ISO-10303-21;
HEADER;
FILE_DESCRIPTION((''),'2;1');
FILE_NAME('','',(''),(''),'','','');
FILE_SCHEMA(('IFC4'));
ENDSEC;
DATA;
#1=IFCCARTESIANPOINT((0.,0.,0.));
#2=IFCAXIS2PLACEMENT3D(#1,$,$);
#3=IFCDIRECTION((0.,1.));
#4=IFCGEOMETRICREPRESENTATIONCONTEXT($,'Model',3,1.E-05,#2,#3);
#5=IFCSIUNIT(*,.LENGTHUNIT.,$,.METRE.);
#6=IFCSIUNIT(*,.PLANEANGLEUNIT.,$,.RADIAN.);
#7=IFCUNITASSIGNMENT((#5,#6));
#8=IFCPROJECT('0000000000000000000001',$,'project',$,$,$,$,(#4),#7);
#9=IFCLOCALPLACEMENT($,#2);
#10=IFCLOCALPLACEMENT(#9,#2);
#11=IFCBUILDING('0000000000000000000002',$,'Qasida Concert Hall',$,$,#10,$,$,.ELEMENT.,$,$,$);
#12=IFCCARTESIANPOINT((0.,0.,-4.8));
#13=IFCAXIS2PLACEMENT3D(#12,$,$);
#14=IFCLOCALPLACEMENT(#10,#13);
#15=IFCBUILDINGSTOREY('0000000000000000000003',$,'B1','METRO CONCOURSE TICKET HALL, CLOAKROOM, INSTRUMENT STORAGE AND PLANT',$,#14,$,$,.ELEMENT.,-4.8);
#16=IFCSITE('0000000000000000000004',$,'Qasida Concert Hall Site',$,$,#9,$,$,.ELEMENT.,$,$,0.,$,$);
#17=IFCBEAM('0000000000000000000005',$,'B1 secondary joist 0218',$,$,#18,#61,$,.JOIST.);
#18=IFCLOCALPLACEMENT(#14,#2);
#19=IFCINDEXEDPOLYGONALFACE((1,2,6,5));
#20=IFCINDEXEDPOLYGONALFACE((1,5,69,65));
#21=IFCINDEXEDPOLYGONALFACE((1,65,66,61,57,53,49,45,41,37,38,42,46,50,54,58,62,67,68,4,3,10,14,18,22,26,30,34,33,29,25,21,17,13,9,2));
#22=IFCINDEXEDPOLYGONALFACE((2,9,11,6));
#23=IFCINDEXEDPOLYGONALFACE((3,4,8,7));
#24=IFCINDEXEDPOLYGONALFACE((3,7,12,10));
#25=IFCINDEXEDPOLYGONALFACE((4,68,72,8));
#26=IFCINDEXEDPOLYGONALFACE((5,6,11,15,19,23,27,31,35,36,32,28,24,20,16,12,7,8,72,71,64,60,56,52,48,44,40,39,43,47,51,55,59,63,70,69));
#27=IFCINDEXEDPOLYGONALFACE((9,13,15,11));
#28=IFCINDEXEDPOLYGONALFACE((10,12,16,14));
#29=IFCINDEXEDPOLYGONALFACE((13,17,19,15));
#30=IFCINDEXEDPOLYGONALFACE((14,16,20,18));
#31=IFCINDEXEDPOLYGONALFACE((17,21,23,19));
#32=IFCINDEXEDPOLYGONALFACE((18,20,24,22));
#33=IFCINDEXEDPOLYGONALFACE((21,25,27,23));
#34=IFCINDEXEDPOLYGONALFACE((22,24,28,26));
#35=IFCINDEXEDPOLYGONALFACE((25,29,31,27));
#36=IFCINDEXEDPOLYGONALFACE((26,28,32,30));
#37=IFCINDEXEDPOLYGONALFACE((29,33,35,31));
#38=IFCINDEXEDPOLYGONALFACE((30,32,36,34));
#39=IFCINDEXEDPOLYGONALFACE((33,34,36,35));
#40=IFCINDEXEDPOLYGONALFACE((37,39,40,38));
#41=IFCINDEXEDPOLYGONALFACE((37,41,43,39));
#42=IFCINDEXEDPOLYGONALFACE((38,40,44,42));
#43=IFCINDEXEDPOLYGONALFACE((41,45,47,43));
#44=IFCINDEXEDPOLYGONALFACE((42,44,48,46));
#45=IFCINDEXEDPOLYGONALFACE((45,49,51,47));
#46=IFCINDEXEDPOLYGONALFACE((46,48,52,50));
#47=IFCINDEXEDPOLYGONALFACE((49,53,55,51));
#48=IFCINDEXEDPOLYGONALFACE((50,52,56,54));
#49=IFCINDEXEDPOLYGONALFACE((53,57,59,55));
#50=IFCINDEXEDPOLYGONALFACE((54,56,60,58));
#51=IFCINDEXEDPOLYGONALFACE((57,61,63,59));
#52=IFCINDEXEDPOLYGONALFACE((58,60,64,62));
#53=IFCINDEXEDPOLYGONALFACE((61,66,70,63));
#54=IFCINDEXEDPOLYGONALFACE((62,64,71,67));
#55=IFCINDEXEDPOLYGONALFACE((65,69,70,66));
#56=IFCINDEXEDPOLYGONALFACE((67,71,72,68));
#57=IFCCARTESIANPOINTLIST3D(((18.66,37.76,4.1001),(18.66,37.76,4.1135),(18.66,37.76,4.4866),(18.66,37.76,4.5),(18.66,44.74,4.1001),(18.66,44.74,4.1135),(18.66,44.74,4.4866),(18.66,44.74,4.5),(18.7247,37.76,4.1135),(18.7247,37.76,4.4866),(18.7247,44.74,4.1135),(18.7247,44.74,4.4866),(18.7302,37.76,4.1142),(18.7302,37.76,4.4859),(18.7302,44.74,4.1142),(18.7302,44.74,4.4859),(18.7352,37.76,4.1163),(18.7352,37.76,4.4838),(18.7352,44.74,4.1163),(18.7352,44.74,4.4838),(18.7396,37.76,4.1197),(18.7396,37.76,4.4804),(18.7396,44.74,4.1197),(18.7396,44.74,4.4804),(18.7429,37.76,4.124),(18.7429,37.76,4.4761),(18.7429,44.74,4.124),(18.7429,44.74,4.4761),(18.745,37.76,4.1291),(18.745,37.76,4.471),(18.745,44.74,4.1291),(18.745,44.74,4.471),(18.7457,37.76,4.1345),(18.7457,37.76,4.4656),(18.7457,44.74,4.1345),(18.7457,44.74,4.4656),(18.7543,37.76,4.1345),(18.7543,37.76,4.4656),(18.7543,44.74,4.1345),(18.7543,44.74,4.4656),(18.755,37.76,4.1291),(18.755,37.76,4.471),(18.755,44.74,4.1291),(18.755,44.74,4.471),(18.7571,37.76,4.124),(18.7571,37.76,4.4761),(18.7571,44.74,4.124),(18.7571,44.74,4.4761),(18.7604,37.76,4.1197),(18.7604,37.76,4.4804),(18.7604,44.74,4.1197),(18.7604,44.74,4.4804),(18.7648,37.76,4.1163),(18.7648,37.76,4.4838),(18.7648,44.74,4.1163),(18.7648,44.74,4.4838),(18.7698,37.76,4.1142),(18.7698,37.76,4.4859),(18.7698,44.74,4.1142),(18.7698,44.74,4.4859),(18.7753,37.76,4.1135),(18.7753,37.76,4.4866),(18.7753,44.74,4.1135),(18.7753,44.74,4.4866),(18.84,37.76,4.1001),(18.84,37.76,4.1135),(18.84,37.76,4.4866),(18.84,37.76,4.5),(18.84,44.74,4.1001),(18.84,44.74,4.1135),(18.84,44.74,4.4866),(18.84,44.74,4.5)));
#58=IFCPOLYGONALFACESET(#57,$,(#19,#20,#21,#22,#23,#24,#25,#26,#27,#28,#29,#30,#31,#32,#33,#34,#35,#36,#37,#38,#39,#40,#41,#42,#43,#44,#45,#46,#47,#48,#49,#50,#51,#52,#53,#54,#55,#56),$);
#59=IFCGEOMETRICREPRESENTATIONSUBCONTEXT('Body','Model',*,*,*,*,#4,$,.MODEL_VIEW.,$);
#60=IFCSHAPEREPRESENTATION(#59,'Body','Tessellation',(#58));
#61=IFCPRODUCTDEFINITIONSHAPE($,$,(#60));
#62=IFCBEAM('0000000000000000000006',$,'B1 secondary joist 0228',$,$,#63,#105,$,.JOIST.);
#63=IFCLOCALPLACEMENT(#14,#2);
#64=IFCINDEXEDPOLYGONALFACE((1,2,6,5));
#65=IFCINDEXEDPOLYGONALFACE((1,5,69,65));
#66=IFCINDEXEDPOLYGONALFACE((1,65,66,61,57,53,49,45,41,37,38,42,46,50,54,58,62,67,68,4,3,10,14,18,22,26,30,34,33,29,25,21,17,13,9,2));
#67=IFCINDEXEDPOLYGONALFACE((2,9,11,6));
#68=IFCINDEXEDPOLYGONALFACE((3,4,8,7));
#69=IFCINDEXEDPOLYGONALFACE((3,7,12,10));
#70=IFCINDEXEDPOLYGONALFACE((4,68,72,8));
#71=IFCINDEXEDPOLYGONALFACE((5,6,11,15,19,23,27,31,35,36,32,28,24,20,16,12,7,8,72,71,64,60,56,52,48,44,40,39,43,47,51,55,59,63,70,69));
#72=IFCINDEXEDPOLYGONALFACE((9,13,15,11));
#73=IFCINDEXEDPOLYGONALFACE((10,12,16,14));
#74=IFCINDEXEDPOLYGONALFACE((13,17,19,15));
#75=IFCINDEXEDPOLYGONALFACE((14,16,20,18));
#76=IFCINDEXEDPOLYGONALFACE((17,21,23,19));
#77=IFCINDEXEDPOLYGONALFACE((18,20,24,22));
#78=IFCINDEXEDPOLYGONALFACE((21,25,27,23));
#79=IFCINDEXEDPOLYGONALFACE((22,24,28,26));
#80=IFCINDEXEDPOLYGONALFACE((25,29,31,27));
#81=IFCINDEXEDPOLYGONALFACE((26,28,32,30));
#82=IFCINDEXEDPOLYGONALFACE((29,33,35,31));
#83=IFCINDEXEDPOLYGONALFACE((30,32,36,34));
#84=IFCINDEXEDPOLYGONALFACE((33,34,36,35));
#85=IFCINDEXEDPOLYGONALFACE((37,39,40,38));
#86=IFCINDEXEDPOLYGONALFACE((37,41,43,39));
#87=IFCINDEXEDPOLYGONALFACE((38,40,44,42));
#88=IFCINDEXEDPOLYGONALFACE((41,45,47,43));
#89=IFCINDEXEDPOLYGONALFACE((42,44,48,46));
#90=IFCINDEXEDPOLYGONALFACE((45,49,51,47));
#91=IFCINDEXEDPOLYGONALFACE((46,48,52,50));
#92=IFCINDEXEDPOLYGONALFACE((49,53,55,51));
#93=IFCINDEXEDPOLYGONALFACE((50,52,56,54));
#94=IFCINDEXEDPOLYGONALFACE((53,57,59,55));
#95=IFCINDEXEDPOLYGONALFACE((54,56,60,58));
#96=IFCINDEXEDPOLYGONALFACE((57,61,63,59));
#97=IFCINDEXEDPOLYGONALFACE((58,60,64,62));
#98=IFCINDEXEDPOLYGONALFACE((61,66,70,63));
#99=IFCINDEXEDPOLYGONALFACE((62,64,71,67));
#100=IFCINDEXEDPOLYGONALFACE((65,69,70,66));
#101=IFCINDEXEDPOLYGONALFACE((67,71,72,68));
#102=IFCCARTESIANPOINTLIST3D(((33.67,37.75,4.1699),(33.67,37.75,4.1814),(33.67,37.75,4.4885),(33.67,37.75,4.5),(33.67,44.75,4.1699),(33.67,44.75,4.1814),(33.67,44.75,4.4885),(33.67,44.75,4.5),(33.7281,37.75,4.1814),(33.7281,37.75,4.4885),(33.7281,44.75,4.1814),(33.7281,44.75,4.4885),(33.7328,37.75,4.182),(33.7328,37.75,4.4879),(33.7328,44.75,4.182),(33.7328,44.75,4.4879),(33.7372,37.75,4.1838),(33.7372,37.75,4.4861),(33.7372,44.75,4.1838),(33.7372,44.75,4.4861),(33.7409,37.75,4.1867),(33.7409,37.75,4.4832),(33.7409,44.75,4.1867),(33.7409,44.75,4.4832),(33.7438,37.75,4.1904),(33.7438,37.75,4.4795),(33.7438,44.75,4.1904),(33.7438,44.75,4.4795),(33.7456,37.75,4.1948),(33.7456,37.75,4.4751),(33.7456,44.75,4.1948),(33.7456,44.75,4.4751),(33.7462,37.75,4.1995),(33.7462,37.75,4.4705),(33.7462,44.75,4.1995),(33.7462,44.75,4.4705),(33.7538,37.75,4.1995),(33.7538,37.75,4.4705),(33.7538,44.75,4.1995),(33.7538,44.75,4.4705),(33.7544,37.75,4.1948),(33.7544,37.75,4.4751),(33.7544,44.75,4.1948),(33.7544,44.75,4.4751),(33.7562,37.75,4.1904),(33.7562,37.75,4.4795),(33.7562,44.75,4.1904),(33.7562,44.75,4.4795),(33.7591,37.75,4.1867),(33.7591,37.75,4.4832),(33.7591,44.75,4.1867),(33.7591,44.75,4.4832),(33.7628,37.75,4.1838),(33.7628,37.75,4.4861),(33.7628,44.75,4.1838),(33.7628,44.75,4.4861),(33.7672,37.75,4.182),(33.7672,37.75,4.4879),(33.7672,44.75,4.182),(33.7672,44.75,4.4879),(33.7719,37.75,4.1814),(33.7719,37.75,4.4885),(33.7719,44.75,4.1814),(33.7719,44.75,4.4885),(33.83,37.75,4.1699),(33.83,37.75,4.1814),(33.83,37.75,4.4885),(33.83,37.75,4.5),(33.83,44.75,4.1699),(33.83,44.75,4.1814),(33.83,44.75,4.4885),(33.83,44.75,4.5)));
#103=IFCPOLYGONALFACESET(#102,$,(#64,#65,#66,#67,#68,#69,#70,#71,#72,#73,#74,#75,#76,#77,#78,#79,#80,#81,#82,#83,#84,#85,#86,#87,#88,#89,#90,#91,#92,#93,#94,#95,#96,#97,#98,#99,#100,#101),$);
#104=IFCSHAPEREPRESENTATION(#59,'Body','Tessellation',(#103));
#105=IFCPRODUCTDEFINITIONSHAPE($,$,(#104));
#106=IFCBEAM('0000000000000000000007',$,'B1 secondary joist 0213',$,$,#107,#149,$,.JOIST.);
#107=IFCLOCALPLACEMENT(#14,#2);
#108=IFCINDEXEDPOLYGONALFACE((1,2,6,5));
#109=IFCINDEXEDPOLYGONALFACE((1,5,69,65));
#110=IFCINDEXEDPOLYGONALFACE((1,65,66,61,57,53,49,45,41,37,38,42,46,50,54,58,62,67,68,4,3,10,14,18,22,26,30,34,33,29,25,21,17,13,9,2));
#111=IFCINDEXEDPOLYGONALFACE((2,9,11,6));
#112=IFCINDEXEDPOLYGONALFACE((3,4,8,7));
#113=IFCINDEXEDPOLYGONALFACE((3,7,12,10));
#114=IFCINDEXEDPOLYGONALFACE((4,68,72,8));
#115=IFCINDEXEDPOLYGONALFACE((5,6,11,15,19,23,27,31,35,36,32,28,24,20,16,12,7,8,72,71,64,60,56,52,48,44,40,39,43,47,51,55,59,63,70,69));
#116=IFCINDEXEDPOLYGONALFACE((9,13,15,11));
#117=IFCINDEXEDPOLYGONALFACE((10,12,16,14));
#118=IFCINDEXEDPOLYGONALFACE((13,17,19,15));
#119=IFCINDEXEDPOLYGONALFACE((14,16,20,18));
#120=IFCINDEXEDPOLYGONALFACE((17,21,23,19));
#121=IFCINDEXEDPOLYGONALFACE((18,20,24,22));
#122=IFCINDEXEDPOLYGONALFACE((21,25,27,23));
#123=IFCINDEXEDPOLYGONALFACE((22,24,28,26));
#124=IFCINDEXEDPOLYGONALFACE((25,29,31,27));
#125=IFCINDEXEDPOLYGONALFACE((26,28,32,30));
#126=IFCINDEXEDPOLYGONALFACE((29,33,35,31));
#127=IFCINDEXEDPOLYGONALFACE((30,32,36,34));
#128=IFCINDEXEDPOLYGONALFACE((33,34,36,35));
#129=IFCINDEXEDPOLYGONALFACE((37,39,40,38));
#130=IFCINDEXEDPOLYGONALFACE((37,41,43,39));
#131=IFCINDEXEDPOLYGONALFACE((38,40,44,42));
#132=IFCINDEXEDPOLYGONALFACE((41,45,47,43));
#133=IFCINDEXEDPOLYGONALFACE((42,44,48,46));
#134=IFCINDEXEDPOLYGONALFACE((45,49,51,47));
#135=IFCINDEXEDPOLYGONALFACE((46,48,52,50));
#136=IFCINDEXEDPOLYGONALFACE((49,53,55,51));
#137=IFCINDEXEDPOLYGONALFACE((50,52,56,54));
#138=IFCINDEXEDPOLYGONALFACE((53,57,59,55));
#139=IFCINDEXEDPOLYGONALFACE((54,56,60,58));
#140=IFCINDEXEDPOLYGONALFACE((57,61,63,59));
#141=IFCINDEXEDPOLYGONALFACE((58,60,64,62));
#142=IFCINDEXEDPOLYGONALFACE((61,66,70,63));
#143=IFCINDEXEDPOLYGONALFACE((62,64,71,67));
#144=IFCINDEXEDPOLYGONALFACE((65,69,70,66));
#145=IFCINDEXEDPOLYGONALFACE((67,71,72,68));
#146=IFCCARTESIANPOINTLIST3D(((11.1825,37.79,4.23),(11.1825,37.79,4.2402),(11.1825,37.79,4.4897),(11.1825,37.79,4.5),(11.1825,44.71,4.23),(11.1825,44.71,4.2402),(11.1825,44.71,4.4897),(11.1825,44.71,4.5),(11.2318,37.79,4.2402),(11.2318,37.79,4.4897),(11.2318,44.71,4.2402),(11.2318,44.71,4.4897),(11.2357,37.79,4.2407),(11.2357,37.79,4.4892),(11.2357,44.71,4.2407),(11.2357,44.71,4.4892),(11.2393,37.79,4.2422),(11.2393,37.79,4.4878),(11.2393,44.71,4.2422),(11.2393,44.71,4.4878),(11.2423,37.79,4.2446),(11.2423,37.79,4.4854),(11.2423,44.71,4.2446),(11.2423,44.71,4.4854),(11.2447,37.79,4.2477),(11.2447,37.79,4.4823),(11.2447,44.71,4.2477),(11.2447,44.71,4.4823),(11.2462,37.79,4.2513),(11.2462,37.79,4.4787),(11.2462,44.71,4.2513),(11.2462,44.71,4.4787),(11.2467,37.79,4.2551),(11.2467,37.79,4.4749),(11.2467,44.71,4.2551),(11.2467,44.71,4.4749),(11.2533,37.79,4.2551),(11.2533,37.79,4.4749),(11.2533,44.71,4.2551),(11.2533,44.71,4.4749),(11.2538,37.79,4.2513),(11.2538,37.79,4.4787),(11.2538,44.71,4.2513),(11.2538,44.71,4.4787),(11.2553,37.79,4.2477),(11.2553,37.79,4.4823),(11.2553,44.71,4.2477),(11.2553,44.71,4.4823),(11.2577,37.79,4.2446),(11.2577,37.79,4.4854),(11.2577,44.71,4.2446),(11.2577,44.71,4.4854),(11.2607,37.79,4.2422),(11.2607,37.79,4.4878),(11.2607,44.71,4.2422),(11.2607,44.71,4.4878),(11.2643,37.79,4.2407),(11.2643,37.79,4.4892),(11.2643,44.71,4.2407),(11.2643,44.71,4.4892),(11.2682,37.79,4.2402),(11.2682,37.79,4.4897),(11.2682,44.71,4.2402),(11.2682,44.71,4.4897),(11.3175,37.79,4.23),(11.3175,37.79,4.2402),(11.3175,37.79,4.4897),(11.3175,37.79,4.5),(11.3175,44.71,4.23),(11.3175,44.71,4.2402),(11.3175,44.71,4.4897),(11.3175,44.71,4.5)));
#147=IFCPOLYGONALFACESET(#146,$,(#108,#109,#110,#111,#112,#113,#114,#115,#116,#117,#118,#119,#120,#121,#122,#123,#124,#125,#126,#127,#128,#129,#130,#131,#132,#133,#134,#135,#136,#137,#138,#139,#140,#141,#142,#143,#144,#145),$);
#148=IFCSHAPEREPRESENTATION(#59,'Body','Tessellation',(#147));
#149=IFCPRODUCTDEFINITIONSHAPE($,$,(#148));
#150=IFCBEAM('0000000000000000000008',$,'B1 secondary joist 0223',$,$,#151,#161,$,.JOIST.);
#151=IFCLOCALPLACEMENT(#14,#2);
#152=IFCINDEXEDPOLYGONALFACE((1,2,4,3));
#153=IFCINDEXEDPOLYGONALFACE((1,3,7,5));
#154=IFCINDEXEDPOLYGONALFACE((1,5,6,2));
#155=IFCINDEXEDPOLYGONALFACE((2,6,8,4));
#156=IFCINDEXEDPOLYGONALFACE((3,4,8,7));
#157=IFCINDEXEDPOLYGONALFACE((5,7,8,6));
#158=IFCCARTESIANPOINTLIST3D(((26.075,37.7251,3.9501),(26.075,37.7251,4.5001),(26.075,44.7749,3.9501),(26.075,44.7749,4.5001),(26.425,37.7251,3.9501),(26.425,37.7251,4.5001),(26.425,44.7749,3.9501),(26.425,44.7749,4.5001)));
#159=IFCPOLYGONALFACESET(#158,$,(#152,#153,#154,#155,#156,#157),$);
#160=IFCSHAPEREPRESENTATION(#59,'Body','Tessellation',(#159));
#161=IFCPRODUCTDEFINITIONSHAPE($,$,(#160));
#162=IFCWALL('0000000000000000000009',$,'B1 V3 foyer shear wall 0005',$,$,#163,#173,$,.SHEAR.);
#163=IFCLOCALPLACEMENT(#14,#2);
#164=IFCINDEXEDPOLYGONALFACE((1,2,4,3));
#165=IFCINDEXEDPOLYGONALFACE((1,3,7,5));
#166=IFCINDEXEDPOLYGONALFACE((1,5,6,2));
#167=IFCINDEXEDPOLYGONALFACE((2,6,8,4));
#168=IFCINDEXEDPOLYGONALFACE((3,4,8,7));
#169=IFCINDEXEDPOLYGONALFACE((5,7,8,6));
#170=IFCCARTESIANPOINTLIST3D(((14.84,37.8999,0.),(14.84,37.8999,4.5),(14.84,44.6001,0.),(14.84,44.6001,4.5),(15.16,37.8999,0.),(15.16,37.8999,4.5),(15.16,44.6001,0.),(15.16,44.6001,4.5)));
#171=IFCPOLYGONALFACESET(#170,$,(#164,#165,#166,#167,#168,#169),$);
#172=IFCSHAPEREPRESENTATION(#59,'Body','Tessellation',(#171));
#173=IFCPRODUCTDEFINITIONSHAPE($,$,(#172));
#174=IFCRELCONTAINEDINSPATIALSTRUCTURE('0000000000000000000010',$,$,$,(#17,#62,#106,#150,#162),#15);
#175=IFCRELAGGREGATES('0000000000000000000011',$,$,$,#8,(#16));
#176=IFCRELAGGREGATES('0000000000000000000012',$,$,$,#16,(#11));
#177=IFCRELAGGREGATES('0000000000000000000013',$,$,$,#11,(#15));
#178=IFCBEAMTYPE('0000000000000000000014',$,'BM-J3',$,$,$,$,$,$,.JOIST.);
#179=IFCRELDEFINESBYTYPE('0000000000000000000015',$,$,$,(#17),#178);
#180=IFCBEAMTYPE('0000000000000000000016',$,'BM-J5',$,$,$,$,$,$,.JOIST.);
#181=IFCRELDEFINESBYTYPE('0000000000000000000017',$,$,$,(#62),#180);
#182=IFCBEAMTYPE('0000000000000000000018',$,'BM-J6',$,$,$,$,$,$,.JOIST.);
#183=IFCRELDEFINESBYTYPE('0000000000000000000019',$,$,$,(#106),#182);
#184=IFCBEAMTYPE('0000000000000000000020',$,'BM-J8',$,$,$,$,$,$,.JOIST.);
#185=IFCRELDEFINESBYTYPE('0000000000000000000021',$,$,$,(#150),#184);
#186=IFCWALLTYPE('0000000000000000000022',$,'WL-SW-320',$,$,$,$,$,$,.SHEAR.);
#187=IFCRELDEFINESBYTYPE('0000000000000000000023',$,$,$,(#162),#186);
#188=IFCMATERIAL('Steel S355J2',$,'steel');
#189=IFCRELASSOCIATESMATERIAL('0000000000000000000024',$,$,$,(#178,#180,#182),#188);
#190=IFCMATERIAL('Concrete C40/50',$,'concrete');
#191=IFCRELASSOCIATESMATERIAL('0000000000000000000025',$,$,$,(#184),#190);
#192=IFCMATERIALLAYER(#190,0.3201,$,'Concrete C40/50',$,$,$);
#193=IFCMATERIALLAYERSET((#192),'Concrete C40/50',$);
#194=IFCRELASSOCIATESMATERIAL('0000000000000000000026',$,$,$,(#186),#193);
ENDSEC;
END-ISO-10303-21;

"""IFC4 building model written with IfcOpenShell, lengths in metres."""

from ifc_helpers import new_model, si_unit, direction, frame, frame_2d, origin, origin_2d, place, context, subcontext, project, spatial, rectangle, i_section, extrude, material, layer, layer_set, material_profile, profile_set, type_object, element, save


model = new_model("IFC4")

# Units and contexts
model_context = context("Model", 3, precision=1e-05, world=origin(), true_north=direction((0.0, 1.0)))
body_context = subcontext(model_context, "Body", "Model", "MODEL_VIEW")
ifc_project = project(units=[si_unit("LENGTHUNIT", "METRE"), si_unit("PLANEANGLEUNIT", "RADIAN")], contexts=[model_context])

# Site, building, storey
site_placement = place(None, origin())
site = spatial("IfcSite", under=ifc_project, at=site_placement, Name="Qasida Concert Hall Site", CompositionType="ELEMENT", RefElevation=0.0)
building_placement = place(site_placement, origin())
building = spatial("IfcBuilding", under=site, at=building_placement, Name="Qasida Concert Hall", CompositionType="ELEMENT")
storey_placement = place(building_placement, frame((0.0, 0.0, -4.8)))
storey = spatial("IfcBuildingStorey", under=building, at=storey_placement, Name="B1", Description="METRO CONCOURSE TICKET HALL, CLOAKROOM, INSTRUMENT STORAGE AND PLANT", CompositionType="ELEMENT", Elevation=-4.8)

# Shared definitions
ifc_material_1 = material(Name="Concrete C40/50", Category="concrete")

# Beams
ifc_material_2 = material(Name="Steel S355J2", Category="steel")
ifc_material_profile_1 = material_profile(ifc_material_2, i_section(OverallWidth=0.1799, OverallDepth=0.3999, WebThickness=0.0085, FlangeThickness=0.0134, FilletRadius=0.021, at=origin_2d()), Name="IPE 400")
ifc_profile_set_1 = profile_set([ifc_material_profile_1], Name="Steel S355J2")
beam_type_1 = type_object("IfcBeamType", Name="BM-J3", PredefinedType="JOIST", material=ifc_profile_set_1)
beam_1_placement = place(storey_placement, frame((18.75, 37.76, 4.3), z_axis=(0.0, 1.0, 0.0), x_axis=(-1.0, 0.0, 0.0)))
element("IfcBeam", 1, at=beam_1_placement, inside=storey, type_object=beam_type_1, Name="B1 secondary joist 0218", PredefinedType="JOIST", context=body_context, shape_type="SweptSolid", body=[
    extrude(i_section(OverallWidth=0.1799, OverallDepth=0.3999, WebThickness=0.0085, FlangeThickness=0.0134, FilletRadius=0.021, at=origin_2d()), origin(), (0.0, 0.0, 1.0), 6.98),
])
ifc_material_profile_2 = material_profile(ifc_material_2, i_section(OverallWidth=0.1599, OverallDepth=0.3301, WebThickness=0.0076, FlangeThickness=0.0115, FilletRadius=0.0181, at=origin_2d()), Name="IPE 330")
ifc_profile_set_2 = profile_set([ifc_material_profile_2], Name="Steel S355J2")
beam_type_2 = type_object("IfcBeamType", Name="BM-J5", PredefinedType="JOIST", material=ifc_profile_set_2)
beam_2_placement = place(storey_placement, frame((33.75, 37.75, 4.335), z_axis=(0.0, 1.0, 0.0), x_axis=(-1.0, 0.0, 0.0)))
element("IfcBeam", 2, at=beam_2_placement, inside=storey, type_object=beam_type_2, Name="B1 secondary joist 0228", PredefinedType="JOIST", context=body_context, shape_type="SweptSolid", body=[
    extrude(i_section(OverallWidth=0.1599, OverallDepth=0.3301, WebThickness=0.0076, FlangeThickness=0.0115, FilletRadius=0.0181, at=origin_2d()), origin(), (0.0, 0.0, 1.0), 7.0),
])
ifc_material_profile_3 = material_profile(ifc_material_2, i_section(OverallWidth=0.135, OverallDepth=0.27, WebThickness=0.0066, FlangeThickness=0.0103, FilletRadius=0.0149, at=origin_2d()), Name="IPE 270")
ifc_profile_set_3 = profile_set([ifc_material_profile_3], Name="Steel S355J2")
beam_type_3 = type_object("IfcBeamType", Name="BM-J6", PredefinedType="JOIST", material=ifc_profile_set_3)
beam_3_placement = place(storey_placement, frame((11.25, 37.79, 4.365), z_axis=(0.0, 1.0, 0.0), x_axis=(-1.0, 0.0, 0.0)))
element("IfcBeam", 3, at=beam_3_placement, inside=storey, type_object=beam_type_3, Name="B1 secondary joist 0213", PredefinedType="JOIST", context=body_context, shape_type="SweptSolid", body=[
    extrude(i_section(OverallWidth=0.135, OverallDepth=0.27, WebThickness=0.0066, FlangeThickness=0.0103, FilletRadius=0.0149, at=origin_2d()), origin(), (0.0, 0.0, 1.0), 6.9199),
])
ifc_material_profile_4 = material_profile(ifc_material_1, rectangle(XDim=0.3501, YDim=0.55, at=origin_2d()), Name="RC 350x550")
ifc_profile_set_4 = profile_set([ifc_material_profile_4], Name="Concrete C40/50")
beam_type_4 = type_object("IfcBeamType", Name="BM-J8", PredefinedType="JOIST", material=ifc_profile_set_4)
beam_4_placement = place(storey_placement, frame((26.25, 37.7251, 4.2251), z_axis=(0.0, 1.0, 0.0), x_axis=(-1.0, 0.0, 0.0)))
element("IfcBeam", 4, at=beam_4_placement, inside=storey, type_object=beam_type_4, Name="B1 secondary joist 0223", PredefinedType="JOIST", context=body_context, shape_type="SweptSolid", body=[
    extrude(rectangle(XDim=0.3501, YDim=0.55, at=origin_2d()), origin(), (0.0, 0.0, 1.0), 7.0498),
])

# Wall
ifc_layer = layer(ifc_material_1, 0.3201, Name="Concrete C40/50")
ifc_layer_set = layer_set([ifc_layer], Name="Concrete C40/50")
wall_type = type_object("IfcWallType", Name="WL-SW-320", PredefinedType="SHEAR", material=ifc_layer_set)
wall_placement = place(storey_placement, frame((15.0, 37.8999, 0.0), z_axis=(0.0, 0.0, 1.0), x_axis=(0.0, 1.0, 0.0)))
element("IfcWall", 5, at=wall_placement, inside=storey, type_object=wall_type, Name="B1 V3 foyer shear wall 0005", PredefinedType="SHEAR", context=body_context, shape_type="SweptSolid", body=[
    extrude(rectangle(XDim=6.7002, YDim=0.3201, at=frame_2d((3.3501, 0.0))), origin(), (0.0, 0.0, 1.0), 4.5),
])

save(model, "model.ifc")
